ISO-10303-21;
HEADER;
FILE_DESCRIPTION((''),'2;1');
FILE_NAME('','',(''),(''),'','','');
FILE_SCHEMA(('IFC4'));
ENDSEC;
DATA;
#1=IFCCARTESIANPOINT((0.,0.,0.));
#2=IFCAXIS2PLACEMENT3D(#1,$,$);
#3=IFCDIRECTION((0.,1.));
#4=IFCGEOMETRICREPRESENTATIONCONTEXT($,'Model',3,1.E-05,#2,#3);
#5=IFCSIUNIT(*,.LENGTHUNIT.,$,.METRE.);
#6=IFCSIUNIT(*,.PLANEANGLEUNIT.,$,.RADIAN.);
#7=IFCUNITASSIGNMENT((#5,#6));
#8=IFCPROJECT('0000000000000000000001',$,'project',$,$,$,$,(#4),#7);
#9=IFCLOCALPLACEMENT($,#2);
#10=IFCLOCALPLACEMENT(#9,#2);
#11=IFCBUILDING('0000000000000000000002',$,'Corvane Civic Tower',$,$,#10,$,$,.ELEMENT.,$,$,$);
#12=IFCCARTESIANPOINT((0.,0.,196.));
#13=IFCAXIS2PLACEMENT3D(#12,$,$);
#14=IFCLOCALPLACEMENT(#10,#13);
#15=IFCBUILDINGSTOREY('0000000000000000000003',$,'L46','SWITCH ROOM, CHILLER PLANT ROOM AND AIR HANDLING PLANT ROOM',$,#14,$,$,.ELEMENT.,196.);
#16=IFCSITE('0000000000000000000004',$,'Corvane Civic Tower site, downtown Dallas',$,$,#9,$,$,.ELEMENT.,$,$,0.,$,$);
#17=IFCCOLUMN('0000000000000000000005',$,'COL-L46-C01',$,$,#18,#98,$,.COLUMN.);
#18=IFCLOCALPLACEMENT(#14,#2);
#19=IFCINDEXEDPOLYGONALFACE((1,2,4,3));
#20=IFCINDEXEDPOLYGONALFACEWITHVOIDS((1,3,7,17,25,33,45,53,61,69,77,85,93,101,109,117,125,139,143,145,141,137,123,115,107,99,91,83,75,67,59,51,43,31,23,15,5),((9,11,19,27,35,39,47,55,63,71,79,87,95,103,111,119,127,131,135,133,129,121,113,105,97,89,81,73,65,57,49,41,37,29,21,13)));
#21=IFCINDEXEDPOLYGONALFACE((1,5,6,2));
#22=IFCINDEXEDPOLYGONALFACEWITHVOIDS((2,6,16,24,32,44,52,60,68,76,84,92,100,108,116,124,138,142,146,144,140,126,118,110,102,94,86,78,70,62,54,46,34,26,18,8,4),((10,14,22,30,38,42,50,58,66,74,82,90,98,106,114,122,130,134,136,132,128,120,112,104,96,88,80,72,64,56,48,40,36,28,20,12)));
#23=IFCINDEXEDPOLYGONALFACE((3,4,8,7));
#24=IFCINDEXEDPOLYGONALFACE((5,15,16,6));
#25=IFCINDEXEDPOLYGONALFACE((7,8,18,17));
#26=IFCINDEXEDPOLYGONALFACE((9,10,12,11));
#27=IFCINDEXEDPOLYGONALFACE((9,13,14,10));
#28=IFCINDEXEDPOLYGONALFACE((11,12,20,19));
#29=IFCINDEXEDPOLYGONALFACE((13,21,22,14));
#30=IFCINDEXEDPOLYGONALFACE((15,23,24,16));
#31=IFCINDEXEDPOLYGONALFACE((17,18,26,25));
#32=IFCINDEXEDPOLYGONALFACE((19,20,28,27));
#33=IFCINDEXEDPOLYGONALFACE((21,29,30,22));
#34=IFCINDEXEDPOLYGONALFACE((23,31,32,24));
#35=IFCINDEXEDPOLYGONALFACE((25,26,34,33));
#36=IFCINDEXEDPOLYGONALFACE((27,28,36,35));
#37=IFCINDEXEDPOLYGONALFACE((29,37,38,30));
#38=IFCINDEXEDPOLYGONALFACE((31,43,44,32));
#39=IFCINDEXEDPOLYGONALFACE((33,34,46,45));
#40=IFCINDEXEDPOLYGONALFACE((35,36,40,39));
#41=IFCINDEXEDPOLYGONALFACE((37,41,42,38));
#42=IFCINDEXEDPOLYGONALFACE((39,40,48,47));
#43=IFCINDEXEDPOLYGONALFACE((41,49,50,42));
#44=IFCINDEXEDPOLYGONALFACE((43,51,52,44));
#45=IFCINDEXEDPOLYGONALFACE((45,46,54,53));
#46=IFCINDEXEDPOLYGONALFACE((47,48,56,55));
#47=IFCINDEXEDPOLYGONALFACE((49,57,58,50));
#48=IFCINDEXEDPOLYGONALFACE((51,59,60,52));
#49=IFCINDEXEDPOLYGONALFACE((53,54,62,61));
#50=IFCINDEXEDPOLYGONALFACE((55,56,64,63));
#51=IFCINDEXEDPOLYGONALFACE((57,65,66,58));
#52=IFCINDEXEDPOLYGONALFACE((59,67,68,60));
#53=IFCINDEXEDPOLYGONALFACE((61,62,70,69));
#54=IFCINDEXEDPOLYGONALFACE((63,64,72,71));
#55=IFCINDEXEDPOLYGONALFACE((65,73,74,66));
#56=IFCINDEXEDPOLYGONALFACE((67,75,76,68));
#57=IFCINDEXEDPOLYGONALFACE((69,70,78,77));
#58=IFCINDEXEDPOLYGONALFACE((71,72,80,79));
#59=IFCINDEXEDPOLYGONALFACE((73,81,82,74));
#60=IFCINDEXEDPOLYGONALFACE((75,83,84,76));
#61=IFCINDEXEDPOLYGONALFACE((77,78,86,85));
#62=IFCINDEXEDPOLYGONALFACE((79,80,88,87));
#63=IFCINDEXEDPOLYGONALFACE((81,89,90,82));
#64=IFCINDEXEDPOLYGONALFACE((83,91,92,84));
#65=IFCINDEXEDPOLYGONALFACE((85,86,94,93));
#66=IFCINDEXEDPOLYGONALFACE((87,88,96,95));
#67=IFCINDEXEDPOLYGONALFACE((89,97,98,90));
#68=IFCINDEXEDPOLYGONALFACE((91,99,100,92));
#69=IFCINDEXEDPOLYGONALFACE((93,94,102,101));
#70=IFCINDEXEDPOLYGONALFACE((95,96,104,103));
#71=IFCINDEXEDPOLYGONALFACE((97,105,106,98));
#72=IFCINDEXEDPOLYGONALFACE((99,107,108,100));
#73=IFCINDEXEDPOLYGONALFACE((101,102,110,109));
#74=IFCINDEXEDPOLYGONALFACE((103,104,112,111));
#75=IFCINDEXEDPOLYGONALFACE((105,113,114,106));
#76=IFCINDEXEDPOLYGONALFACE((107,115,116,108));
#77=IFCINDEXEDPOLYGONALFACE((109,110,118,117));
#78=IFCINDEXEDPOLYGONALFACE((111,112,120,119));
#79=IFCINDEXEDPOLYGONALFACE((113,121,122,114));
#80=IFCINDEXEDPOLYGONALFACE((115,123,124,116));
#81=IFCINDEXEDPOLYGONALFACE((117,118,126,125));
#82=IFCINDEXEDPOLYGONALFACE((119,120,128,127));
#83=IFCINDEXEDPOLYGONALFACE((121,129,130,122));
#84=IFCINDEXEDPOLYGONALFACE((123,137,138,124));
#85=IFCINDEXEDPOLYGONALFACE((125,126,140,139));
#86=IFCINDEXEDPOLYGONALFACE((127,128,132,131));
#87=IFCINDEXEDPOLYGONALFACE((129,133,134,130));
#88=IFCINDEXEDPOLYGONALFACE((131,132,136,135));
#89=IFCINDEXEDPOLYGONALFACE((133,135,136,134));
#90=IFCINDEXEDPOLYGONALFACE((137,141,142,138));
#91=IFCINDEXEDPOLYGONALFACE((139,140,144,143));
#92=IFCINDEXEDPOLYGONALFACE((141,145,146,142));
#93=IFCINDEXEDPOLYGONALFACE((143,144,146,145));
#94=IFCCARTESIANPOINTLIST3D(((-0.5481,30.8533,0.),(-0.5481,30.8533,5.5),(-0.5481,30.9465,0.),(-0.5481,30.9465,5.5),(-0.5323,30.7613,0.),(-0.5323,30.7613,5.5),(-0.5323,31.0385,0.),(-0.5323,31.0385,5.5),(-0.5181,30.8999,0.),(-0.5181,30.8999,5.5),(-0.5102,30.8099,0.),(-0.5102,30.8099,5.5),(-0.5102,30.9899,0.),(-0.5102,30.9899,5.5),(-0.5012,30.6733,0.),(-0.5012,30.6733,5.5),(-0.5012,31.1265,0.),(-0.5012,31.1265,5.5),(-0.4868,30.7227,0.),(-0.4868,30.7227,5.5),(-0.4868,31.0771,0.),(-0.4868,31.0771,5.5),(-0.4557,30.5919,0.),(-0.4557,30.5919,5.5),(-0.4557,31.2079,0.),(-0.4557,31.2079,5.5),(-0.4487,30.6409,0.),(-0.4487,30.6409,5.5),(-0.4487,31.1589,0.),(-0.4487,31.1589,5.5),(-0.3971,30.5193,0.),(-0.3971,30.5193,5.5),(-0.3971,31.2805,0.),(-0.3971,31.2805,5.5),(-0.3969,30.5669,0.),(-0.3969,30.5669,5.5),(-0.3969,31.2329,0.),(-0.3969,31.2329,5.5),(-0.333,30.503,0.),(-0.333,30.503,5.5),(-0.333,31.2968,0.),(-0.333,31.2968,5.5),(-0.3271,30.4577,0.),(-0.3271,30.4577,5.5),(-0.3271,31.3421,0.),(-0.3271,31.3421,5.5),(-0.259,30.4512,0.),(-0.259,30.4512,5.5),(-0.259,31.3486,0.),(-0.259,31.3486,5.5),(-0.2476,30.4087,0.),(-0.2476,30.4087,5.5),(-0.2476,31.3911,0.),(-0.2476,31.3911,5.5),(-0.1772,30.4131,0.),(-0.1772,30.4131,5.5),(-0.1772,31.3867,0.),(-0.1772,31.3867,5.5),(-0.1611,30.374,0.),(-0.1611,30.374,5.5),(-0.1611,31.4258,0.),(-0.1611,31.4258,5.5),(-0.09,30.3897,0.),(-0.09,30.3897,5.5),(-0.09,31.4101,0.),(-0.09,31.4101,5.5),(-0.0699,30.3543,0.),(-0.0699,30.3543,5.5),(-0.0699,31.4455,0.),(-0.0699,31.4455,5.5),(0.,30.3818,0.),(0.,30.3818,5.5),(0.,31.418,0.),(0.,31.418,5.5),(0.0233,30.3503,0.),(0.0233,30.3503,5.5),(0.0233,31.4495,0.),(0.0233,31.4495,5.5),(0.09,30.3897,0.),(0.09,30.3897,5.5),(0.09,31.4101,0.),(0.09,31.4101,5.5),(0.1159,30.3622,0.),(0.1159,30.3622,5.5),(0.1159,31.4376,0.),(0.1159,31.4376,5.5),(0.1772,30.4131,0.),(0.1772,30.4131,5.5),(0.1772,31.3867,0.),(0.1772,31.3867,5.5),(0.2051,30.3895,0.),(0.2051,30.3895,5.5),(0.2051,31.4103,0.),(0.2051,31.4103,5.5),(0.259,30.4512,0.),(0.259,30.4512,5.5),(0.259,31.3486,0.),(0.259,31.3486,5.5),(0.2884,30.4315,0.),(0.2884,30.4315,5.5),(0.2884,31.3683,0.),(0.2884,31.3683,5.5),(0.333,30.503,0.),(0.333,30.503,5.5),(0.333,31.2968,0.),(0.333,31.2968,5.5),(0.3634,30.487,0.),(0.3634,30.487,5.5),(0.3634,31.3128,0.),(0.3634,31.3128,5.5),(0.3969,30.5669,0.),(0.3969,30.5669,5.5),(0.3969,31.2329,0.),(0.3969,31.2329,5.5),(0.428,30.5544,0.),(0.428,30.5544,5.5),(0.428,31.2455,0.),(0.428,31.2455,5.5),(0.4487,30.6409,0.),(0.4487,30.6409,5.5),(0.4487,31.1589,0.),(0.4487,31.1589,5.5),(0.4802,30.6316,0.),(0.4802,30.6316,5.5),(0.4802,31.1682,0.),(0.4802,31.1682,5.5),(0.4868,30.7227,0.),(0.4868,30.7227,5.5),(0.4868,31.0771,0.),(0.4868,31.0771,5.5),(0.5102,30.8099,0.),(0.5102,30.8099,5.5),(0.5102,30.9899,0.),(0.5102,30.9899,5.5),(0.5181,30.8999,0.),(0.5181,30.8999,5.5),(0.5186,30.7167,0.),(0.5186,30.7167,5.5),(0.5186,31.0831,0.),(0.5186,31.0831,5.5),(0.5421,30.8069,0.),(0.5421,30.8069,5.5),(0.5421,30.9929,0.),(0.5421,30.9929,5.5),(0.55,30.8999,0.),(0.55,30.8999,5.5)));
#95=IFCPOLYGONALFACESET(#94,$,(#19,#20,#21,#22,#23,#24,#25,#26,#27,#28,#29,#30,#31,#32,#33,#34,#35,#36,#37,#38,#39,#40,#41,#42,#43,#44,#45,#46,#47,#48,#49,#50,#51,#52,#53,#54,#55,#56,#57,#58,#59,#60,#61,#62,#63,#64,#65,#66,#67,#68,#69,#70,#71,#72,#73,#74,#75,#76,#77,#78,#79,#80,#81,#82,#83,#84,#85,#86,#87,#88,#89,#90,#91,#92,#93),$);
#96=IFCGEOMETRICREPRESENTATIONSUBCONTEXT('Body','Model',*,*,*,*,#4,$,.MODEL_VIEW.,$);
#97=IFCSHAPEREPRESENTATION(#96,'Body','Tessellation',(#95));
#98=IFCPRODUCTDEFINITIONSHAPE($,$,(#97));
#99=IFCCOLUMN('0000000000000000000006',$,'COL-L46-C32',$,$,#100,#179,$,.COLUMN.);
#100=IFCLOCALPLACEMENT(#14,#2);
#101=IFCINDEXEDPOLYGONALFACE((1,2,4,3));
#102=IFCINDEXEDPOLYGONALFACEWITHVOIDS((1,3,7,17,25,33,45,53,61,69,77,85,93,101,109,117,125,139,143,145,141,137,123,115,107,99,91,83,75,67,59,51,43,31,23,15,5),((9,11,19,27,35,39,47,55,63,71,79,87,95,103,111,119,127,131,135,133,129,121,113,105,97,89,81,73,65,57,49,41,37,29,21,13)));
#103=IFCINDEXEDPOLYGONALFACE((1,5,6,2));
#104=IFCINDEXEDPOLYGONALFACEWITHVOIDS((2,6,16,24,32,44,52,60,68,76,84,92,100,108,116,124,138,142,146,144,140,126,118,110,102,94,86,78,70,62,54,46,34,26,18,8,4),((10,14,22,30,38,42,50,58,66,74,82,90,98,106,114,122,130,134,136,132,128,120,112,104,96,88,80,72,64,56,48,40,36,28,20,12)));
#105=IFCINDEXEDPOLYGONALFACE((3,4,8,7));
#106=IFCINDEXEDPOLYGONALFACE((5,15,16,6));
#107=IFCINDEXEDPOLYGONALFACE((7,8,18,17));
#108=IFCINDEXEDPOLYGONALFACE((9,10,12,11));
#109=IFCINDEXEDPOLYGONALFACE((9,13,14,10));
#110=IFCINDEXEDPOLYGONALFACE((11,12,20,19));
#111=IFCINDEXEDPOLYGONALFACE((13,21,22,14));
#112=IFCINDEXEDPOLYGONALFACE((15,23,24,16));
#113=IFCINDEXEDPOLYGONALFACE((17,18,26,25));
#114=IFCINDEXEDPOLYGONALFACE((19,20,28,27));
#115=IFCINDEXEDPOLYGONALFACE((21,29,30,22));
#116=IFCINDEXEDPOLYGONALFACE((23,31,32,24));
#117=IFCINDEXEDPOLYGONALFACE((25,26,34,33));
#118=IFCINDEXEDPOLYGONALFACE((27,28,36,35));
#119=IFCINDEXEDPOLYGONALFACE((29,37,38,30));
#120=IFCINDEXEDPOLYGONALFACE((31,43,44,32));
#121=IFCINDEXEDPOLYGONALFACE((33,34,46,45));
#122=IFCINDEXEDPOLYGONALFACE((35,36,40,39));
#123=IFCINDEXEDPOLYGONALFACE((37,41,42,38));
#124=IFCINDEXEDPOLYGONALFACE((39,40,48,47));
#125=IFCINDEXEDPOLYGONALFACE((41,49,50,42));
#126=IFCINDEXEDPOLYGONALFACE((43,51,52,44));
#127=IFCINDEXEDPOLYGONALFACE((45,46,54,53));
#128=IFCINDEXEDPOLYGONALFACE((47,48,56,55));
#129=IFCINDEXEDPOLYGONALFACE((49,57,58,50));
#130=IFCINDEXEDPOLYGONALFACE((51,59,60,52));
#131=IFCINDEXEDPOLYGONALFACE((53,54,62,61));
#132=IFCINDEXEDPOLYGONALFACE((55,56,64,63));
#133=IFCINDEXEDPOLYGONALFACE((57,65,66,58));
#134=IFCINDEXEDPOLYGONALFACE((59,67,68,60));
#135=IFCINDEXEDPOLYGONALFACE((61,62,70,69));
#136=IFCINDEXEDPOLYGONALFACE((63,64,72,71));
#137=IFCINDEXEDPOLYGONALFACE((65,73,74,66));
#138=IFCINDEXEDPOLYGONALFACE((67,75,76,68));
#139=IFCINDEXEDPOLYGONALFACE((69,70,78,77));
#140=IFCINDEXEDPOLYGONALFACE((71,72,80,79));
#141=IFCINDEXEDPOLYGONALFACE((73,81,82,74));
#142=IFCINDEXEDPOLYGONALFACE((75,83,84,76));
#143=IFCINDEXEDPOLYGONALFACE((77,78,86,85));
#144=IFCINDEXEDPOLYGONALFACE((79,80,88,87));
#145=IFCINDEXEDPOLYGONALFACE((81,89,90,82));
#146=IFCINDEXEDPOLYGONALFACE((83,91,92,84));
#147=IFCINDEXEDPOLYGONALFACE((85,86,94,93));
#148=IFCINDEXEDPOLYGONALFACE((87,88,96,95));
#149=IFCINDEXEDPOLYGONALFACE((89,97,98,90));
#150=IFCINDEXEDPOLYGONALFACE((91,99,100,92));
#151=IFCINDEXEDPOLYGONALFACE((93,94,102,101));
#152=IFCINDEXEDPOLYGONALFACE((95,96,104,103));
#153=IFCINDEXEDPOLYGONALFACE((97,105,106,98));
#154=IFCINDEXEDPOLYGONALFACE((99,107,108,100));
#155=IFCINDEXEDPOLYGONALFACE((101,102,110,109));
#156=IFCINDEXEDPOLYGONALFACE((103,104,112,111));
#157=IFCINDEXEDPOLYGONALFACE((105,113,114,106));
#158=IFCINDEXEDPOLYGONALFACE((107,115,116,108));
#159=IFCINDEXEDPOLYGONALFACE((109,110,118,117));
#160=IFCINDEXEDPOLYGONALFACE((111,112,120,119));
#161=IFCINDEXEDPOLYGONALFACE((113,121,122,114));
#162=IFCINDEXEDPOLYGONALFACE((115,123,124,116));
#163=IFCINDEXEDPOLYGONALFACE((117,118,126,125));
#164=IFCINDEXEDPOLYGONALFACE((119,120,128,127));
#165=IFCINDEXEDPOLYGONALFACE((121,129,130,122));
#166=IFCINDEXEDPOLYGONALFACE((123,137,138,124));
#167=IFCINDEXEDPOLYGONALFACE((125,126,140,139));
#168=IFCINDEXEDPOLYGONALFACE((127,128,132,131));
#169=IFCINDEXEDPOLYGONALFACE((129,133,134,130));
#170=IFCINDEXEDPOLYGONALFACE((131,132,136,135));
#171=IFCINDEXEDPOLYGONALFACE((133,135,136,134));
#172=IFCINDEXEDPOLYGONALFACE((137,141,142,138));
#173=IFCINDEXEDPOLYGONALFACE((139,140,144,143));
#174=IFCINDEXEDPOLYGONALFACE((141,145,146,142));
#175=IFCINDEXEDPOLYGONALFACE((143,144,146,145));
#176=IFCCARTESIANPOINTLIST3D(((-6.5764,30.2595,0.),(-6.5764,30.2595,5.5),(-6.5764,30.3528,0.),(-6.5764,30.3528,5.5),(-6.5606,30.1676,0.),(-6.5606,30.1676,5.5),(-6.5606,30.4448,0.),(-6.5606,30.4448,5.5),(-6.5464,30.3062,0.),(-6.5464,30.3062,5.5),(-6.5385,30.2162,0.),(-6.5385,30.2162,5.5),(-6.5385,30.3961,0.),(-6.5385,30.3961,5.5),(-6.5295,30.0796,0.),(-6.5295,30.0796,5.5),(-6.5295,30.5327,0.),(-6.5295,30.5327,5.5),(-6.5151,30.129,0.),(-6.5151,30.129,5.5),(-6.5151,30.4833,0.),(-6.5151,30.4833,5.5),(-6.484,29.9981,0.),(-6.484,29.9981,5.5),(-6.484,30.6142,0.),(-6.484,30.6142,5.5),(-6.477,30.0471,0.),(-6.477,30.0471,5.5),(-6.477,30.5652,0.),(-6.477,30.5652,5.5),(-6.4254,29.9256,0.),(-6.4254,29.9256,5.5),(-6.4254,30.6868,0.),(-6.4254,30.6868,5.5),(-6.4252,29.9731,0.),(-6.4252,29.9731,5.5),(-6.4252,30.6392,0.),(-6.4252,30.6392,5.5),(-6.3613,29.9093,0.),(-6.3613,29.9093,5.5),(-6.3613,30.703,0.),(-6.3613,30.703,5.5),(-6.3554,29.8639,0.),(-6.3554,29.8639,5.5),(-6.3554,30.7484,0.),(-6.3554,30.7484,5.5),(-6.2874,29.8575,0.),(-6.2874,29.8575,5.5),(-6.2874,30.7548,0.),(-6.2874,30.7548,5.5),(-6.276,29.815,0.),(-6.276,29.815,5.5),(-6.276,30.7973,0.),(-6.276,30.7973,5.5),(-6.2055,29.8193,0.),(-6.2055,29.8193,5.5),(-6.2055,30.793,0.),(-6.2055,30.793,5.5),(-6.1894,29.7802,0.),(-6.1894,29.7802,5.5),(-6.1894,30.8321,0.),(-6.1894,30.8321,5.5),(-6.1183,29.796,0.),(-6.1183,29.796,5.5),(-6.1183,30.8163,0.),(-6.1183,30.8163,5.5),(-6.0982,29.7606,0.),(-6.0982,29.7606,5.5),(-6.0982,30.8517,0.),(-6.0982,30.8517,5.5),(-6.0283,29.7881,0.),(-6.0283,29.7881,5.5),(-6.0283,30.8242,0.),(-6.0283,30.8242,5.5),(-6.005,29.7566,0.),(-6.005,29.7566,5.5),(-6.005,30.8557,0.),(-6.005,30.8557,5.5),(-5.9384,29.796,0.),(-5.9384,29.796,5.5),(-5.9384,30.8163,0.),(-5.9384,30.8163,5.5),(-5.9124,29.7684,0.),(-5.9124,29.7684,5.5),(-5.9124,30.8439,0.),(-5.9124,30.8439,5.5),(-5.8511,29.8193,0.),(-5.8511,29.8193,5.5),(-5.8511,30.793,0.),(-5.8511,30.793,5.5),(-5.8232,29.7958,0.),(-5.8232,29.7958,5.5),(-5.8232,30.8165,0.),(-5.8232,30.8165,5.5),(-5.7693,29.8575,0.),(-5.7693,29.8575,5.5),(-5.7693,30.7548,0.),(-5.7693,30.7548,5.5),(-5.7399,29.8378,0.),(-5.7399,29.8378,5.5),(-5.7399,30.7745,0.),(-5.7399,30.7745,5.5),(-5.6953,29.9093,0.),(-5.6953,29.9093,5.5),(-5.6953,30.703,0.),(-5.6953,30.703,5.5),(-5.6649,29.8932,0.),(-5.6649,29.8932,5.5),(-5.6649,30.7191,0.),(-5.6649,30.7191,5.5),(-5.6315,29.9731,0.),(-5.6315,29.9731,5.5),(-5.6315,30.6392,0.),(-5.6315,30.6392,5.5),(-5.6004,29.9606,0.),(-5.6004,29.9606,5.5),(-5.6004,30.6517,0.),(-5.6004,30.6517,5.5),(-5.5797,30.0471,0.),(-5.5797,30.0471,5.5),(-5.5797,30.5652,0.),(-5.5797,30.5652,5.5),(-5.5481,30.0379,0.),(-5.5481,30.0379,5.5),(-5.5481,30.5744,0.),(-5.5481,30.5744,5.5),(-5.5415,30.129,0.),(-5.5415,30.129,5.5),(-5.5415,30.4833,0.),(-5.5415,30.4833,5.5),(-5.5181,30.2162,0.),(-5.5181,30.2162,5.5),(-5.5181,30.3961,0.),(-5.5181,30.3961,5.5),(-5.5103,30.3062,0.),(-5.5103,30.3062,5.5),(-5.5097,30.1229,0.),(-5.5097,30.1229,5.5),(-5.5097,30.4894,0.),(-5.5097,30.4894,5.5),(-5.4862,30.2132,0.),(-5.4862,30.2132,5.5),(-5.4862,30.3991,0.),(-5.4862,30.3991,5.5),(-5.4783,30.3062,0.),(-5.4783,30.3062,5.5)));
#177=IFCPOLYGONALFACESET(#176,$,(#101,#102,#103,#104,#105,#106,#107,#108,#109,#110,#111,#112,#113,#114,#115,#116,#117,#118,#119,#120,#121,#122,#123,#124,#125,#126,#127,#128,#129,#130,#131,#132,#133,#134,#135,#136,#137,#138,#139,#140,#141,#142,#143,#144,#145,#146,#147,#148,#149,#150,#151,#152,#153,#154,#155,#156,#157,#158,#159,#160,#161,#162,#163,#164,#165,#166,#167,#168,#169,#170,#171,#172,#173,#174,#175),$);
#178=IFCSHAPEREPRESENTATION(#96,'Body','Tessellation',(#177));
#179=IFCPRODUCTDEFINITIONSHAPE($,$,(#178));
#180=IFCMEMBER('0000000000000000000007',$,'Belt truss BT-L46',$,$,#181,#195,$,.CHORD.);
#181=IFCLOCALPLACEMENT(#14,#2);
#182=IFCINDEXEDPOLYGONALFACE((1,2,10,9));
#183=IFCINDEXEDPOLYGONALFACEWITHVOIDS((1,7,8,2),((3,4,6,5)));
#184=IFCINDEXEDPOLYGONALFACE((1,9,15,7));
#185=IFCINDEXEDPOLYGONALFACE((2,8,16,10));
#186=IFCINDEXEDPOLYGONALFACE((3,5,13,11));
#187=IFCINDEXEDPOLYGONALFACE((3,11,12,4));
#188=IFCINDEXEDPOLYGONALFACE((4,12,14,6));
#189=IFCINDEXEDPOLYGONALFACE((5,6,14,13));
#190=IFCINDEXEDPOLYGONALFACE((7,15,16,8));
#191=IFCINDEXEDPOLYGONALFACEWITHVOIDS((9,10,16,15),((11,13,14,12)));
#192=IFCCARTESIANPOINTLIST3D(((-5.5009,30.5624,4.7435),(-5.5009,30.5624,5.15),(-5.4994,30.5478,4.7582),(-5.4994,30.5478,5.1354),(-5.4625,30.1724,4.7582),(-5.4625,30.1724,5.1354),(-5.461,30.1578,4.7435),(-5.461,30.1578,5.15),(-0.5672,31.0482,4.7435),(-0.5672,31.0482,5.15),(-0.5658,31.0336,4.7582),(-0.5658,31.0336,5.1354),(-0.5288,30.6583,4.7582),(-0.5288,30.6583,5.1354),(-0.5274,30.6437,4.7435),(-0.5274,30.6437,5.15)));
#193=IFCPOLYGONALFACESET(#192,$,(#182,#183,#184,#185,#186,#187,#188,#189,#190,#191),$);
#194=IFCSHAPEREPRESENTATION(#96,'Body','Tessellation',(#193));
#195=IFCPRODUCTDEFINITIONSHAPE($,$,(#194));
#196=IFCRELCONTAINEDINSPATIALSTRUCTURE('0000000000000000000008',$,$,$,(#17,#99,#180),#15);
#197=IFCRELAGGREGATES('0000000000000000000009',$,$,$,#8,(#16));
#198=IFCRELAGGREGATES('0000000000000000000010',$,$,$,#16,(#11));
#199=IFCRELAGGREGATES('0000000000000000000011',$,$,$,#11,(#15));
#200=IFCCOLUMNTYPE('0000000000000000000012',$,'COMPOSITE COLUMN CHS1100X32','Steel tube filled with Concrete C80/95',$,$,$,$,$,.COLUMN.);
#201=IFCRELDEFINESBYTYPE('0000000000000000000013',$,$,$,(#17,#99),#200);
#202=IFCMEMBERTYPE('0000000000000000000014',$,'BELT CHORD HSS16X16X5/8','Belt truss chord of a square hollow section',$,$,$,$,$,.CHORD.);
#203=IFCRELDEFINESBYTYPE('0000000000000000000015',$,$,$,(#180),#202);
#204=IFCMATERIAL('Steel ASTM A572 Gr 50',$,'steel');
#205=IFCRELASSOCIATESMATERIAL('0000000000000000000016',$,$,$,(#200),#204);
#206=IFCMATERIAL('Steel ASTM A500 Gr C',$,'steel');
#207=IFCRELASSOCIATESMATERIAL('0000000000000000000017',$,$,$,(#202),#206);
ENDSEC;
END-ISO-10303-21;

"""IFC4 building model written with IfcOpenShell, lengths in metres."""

from ifc_helpers import new_model, si_unit, direction, frame, origin, origin_2d, place, context, subcontext, project, spatial, hollow_rectangle, hollow_circle, extrude, material, material_profile, profile_set, type_object, element, save


model = new_model("IFC4")

# Units and contexts
model_context = context("Model", 3, precision=1e-05, world=origin(), true_north=direction((0.0, 1.0)))
body_context = subcontext(model_context, "Body", "Model", "MODEL_VIEW")
ifc_project = project(units=[si_unit("LENGTHUNIT", "METRE"), si_unit("PLANEANGLEUNIT", "RADIAN")], contexts=[model_context])

# Site, building, storey
site_placement = place(None, origin())
site = spatial("IfcSite", under=ifc_project, at=site_placement, Name="Corvane Civic Tower site, downtown Dallas", CompositionType="ELEMENT", RefElevation=0.0)
building_placement = place(site_placement, origin())
building = spatial("IfcBuilding", under=site, at=building_placement, Name="Corvane Civic Tower", CompositionType="ELEMENT")
storey_placement = place(building_placement, frame((0.0, 0.0, 196.0)))
storey = spatial("IfcBuildingStorey", under=building, at=storey_placement, Name="L46", Description="SWITCH ROOM, CHILLER PLANT ROOM AND AIR HANDLING PLANT ROOM", CompositionType="ELEMENT", Elevation=196.0)

# Columns
ifc_material_1 = material(Name="Steel ASTM A572 Gr 50", Category="steel")
ifc_material_profile_1 = material_profile(ifc_material_1, hollow_circle(Radius=0.55, WallThickness=0.032, at=origin_2d()), Name="CHS1100X32")
ifc_profile_set_1 = profile_set([ifc_material_profile_1], Name="Steel ASTM A572 Gr 50")
column_type = type_object("IfcColumnType", Name="COMPOSITE COLUMN CHS1100X32", Description="Steel tube filled with Concrete C80/95", PredefinedType="COLUMN", material=ifc_profile_set_1)
for number, where, z_axis, x_axis, name in (
    (1, (0.0, 30.8999, 0.0), (0.0, 0.0, 1.0), (1.0, 0.0, 0.0), "COL-L46-C01"),
    (2, (-6.0283, 30.3062, 0.0), (0.0, 0.0, 1.0), (1.0, 0.0, 0.0), "COL-L46-C32"),
):
    element("IfcColumn", number, at=place(storey_placement, frame(where, z_axis=z_axis, x_axis=x_axis)), inside=storey, type_object=column_type, Name=name, PredefinedType="COLUMN", context=body_context, shape_type="SweptSolid", body=[
        extrude(hollow_circle(Radius=0.55, WallThickness=0.032, at=origin_2d()), origin(), (0.0, 0.0, 1.0), 5.5),
    ])

# Member
ifc_material_2 = material(Name="Steel ASTM A500 Gr C", Category="steel")
ifc_material_profile_2 = material_profile(ifc_material_2, hollow_rectangle(XDim=0.4065, YDim=0.4065, WallThickness=0.0146, at=origin_2d()), Name="HSS16X16X5/8")
ifc_profile_set_2 = profile_set([ifc_material_profile_2], Name="Steel ASTM A500 Gr C")
member_type_1 = type_object("IfcMemberType", Name="BELT CHORD HSS16X16X5/8", Description="Belt truss chord of a square hollow section", PredefinedType="CHORD", material=ifc_profile_set_2)
for number, where, z_axis, x_axis, name in (
    (3, (-5.481, 30.3601, 4.9468), (0.995186, 0.098002, 0.0), (-0.098002, 0.995186, 0.0), "Belt truss BT-L46"),
):
    element("IfcMember", number, at=place(storey_placement, frame(where, z_axis=z_axis, x_axis=x_axis)), inside=storey, type_object=member_type_1, Name=name, PredefinedType="CHORD", context=body_context, shape_type="SweptSolid", body=[
        extrude(hollow_rectangle(XDim=0.4065, YDim=0.4065, WallThickness=0.0146, at=origin_2d()), origin(), (0.0, 0.0, 1.0), 4.9575),
    ])

save(model, "model.ifc")
